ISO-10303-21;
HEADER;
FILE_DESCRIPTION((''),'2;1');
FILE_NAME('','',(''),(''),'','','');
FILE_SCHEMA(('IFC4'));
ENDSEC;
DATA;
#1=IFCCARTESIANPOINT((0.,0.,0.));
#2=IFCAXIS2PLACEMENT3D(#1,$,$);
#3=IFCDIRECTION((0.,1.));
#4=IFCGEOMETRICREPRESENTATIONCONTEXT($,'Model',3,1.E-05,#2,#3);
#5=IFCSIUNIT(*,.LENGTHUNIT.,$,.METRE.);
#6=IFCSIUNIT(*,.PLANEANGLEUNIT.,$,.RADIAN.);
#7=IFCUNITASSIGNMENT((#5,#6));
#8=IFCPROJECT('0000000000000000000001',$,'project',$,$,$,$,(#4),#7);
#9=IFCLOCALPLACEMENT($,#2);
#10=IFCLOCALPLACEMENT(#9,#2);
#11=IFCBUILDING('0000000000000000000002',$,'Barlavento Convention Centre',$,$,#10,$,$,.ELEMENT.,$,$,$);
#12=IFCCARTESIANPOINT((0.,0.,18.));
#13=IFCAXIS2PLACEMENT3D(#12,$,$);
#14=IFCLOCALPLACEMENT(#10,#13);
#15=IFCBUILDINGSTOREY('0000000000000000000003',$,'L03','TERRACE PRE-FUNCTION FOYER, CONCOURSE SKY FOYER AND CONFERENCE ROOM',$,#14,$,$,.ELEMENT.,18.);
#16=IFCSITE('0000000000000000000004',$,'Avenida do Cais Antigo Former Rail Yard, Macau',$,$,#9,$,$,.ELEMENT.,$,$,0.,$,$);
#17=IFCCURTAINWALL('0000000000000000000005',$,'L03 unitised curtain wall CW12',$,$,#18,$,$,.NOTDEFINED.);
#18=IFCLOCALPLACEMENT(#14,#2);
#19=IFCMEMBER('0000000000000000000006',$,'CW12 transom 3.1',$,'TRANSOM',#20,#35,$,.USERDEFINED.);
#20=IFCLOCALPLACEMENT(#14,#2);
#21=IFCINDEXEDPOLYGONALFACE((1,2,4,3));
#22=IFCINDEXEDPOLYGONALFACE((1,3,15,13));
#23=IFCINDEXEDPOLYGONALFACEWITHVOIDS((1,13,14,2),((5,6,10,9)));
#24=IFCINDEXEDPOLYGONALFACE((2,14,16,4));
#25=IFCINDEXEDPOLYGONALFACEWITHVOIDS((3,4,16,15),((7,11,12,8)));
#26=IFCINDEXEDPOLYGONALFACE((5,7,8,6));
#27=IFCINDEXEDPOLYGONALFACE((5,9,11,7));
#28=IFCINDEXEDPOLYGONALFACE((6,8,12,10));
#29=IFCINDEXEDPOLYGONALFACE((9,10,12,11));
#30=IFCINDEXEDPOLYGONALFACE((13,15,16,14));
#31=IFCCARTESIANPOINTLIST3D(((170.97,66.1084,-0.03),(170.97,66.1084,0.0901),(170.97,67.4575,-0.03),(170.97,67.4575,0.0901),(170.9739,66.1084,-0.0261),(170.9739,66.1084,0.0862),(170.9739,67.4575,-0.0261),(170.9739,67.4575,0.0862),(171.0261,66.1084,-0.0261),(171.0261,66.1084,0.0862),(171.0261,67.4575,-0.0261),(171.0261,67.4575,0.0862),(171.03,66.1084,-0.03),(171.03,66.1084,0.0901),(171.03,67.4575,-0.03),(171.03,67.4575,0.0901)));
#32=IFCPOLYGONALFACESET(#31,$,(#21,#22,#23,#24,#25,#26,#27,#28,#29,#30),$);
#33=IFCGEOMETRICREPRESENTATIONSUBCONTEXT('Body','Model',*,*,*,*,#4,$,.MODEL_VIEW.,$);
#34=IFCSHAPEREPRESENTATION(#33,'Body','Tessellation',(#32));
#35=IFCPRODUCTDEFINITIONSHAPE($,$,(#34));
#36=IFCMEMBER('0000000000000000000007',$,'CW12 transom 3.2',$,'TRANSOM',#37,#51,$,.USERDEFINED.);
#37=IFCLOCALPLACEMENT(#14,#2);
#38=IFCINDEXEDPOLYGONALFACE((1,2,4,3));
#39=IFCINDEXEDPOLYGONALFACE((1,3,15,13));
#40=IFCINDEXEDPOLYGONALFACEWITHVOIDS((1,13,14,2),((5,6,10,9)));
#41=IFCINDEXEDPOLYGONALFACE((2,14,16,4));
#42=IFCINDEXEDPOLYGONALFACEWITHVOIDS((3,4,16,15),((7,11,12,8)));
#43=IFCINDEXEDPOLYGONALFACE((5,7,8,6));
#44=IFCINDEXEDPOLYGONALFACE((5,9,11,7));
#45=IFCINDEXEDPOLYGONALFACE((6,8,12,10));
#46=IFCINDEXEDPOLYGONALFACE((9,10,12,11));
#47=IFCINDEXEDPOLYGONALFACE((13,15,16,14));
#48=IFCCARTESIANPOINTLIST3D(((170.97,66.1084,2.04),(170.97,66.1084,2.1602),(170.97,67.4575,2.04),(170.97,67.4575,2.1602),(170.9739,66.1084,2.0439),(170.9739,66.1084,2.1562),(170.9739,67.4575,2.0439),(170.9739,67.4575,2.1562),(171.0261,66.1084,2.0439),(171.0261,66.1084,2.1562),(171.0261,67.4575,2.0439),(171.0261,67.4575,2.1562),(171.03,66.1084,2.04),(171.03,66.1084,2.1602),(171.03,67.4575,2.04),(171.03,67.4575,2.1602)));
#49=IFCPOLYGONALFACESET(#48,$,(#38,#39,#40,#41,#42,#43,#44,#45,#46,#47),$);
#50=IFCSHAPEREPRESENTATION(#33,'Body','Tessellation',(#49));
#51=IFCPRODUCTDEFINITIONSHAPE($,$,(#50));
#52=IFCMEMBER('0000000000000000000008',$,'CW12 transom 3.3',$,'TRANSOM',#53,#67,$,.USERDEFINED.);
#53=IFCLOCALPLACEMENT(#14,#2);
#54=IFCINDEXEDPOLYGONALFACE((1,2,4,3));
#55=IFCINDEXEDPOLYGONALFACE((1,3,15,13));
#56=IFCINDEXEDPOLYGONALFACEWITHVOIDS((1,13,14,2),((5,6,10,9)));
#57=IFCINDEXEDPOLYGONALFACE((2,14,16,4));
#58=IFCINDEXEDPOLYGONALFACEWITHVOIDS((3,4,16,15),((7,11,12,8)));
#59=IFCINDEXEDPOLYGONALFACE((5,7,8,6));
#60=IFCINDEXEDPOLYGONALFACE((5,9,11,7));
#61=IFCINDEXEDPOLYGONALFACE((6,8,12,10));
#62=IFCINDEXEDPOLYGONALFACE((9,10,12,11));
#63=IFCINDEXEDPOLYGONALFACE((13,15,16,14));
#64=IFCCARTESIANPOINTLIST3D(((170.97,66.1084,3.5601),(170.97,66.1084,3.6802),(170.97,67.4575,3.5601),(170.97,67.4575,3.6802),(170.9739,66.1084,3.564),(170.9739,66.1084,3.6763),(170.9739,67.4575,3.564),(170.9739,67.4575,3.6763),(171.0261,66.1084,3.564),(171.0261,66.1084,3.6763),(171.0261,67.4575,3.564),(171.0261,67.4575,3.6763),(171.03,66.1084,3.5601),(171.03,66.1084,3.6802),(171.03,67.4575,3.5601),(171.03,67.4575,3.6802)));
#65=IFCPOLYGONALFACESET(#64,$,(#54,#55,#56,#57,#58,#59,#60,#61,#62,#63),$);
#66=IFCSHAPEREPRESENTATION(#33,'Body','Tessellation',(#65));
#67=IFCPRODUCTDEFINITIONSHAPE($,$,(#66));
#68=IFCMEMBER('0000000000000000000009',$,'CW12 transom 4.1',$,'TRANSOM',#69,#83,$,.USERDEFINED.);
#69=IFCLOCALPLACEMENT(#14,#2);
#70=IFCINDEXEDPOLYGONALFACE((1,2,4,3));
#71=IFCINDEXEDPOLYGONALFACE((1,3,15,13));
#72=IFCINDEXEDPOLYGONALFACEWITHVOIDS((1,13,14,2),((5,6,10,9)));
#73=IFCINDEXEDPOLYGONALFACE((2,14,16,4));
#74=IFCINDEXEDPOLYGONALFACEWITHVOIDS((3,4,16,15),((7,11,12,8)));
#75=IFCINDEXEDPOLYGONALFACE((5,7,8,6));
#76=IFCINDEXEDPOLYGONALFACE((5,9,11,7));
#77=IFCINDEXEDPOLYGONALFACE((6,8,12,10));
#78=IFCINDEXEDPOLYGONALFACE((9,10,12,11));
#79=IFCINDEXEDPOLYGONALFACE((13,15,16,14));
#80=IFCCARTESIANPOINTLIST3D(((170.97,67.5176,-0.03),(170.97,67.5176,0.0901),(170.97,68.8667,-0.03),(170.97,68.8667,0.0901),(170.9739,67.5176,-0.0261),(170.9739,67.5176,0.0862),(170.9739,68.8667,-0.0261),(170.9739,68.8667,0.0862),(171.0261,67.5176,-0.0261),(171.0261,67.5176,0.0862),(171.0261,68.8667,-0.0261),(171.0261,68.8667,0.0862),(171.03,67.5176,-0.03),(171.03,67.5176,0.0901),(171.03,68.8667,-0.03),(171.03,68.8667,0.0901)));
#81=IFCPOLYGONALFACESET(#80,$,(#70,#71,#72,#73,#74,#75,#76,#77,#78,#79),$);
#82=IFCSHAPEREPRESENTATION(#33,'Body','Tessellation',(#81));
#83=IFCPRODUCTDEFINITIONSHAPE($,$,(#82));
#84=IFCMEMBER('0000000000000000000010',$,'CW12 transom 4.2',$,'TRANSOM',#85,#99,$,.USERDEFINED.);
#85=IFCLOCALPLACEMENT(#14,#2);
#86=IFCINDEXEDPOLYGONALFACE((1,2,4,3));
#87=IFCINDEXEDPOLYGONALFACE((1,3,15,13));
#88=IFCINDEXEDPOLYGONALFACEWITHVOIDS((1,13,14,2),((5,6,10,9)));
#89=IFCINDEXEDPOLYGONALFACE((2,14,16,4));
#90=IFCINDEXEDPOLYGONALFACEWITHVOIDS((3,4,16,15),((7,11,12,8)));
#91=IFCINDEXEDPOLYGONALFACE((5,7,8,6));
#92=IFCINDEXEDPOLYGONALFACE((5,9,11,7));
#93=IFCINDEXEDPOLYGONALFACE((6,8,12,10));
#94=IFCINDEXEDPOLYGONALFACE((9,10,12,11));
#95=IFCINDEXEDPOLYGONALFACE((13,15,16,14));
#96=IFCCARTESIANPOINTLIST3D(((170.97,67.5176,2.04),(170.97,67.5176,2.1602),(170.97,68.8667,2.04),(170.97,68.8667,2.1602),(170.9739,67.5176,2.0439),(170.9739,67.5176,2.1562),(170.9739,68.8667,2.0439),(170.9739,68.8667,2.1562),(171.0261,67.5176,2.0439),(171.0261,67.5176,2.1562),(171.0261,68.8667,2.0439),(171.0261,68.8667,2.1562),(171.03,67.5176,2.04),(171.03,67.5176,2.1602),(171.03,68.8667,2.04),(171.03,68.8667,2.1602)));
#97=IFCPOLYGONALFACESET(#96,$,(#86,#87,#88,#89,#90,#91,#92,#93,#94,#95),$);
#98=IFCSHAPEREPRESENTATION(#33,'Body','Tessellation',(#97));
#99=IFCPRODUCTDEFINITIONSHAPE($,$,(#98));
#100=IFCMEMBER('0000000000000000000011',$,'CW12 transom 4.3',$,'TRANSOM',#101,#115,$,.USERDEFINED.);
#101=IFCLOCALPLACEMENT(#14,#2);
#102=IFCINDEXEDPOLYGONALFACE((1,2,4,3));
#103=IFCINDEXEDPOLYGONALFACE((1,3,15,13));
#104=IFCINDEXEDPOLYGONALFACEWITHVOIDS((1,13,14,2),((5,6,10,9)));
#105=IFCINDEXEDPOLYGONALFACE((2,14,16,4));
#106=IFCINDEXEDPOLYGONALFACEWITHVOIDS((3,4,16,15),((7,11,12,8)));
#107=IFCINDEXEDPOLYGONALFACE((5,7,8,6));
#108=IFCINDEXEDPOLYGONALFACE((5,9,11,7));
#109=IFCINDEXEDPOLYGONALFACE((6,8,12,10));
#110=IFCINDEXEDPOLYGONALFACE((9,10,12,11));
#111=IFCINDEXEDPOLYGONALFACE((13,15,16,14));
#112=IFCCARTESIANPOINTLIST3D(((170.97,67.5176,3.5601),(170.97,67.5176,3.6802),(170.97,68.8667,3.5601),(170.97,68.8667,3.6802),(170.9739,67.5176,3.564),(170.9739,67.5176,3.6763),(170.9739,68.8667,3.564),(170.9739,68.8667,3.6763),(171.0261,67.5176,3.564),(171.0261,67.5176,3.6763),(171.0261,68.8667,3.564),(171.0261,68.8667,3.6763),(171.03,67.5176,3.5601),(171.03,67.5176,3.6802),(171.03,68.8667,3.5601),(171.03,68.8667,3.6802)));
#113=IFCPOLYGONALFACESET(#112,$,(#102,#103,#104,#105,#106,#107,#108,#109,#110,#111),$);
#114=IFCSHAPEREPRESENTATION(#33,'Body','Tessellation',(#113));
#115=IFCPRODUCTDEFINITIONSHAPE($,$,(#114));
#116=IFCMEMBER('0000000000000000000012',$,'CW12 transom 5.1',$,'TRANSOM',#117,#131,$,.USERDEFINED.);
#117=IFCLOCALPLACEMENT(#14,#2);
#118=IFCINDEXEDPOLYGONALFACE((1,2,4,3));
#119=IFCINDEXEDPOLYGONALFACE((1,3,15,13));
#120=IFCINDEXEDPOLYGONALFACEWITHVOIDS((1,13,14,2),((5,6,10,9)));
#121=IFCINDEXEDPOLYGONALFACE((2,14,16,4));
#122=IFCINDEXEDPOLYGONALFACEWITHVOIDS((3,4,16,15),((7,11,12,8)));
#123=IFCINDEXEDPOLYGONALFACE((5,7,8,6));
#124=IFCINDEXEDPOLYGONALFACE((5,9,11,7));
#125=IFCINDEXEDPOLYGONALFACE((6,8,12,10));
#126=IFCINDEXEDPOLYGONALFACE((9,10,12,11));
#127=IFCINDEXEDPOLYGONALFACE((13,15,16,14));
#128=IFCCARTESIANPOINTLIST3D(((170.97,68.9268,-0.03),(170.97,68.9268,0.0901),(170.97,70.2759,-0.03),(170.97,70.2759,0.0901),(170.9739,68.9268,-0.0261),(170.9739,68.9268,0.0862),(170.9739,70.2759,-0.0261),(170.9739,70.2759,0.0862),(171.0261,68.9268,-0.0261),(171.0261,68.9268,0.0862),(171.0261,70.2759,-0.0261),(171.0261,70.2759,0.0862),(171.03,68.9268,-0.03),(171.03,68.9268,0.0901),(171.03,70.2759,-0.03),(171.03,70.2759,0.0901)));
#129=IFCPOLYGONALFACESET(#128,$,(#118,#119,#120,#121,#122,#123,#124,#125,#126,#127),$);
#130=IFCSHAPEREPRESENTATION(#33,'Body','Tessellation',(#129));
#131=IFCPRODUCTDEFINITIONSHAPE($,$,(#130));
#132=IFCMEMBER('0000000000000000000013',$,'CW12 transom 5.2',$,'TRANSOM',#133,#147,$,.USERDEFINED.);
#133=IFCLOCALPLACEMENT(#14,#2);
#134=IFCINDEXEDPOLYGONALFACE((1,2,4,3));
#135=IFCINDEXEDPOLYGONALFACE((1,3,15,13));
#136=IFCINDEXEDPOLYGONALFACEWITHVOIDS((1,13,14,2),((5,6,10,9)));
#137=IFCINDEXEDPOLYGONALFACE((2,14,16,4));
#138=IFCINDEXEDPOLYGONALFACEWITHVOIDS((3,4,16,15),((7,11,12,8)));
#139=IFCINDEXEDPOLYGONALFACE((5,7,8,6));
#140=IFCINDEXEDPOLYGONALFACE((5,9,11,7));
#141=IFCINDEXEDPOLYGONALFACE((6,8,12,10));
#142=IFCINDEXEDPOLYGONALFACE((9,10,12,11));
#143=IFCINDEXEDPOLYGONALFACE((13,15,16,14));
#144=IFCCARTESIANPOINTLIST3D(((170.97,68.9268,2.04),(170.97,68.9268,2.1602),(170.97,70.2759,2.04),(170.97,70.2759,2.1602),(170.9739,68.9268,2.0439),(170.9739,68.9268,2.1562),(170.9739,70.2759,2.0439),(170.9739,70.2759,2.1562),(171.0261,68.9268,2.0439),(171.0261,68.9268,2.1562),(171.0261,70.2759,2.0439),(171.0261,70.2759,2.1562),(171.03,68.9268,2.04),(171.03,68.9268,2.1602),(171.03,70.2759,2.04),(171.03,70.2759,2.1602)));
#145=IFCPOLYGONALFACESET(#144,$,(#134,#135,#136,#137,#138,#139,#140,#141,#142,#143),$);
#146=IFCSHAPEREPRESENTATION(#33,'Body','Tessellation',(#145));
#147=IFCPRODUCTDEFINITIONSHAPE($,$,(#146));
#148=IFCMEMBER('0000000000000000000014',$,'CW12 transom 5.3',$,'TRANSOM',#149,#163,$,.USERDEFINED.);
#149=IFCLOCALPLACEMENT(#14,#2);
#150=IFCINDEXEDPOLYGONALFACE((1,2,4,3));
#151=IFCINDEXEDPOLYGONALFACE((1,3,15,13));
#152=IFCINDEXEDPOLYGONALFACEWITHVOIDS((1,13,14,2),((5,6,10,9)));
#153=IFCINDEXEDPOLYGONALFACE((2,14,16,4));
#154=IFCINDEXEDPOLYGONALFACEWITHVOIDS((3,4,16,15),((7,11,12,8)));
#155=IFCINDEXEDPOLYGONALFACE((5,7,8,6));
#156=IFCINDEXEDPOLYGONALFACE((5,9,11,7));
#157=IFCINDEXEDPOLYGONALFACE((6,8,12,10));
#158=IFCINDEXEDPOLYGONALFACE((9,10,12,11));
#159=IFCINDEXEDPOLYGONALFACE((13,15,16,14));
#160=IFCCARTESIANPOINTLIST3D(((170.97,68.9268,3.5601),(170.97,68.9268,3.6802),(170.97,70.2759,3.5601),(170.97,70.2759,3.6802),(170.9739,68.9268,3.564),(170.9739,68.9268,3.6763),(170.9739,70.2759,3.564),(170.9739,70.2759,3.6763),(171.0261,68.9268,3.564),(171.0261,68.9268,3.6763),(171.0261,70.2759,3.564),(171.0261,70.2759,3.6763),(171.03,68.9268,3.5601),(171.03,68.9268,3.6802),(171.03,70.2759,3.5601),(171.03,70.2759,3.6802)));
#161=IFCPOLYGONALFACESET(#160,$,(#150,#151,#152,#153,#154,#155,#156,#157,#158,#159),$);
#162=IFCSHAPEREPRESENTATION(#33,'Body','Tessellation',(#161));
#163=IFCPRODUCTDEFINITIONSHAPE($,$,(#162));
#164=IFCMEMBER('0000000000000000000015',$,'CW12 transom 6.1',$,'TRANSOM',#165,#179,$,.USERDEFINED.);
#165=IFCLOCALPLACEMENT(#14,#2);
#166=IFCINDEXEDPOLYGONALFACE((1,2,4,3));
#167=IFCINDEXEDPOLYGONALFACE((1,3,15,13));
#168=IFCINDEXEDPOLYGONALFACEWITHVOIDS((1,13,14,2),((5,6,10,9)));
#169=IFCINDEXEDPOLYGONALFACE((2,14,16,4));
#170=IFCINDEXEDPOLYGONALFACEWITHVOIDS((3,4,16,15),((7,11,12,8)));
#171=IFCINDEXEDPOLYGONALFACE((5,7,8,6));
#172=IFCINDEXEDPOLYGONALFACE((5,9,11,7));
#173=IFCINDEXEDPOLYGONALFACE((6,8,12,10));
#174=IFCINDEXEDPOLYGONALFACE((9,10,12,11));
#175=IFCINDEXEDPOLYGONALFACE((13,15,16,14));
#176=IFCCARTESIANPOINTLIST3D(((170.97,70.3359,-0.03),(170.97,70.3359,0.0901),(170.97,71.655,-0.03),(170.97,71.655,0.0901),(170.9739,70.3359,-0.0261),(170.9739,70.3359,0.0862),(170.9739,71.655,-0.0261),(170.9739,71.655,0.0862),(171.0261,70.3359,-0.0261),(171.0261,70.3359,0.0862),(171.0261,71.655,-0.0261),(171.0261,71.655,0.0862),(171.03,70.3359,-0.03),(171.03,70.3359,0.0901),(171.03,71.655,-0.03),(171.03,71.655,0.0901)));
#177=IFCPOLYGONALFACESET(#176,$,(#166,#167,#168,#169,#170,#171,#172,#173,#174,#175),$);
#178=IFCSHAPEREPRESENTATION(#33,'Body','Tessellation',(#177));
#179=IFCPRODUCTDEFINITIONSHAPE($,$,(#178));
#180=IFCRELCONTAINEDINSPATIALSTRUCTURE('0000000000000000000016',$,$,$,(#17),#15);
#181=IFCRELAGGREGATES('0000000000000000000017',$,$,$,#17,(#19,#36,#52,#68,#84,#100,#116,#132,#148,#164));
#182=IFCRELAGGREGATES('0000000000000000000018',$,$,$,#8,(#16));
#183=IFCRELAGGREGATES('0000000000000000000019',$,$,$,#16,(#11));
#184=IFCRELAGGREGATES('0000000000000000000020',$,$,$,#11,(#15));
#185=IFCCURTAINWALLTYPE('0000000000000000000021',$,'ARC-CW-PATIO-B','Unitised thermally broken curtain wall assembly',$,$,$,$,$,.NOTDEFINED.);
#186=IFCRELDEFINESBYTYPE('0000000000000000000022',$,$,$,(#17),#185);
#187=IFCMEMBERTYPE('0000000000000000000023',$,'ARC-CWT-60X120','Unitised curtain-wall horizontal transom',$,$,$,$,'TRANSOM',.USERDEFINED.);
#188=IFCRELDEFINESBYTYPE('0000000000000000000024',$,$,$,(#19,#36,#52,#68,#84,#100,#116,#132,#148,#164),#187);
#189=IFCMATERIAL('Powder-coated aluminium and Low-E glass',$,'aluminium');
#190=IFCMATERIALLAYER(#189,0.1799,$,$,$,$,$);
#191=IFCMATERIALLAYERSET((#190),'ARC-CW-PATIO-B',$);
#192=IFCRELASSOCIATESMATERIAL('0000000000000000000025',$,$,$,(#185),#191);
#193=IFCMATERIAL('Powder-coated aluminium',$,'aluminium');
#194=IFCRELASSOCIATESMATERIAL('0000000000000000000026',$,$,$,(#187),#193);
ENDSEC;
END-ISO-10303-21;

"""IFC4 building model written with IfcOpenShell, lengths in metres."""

from ifc_helpers import new_model, si_unit, direction, frame, origin, origin_2d, place, context, subcontext, project, spatial, hollow_rectangle, extrude, material, layer, layer_set, material_profile, profile_set, type_object, element, aggregate, save


model = new_model("IFC4")

# Units and contexts
model_context = context("Model", 3, precision=1e-05, world=origin(), true_north=direction((0.0, 1.0)))
body_context = subcontext(model_context, "Body", "Model", "MODEL_VIEW")
ifc_project = project(units=[si_unit("LENGTHUNIT", "METRE"), si_unit("PLANEANGLEUNIT", "RADIAN")], contexts=[model_context])

# Site, building, storey
site_placement = place(None, origin())
site = spatial("IfcSite", under=ifc_project, at=site_placement, Name="Avenida do Cais Antigo Former Rail Yard, Macau", CompositionType="ELEMENT", RefElevation=0.0)
building_placement = place(site_placement, origin())
building = spatial("IfcBuilding", under=site, at=building_placement, Name="Barlavento Convention Centre", CompositionType="ELEMENT")
storey_placement = place(building_placement, frame((0.0, 0.0, 18.0)))
storey = spatial("IfcBuildingStorey", under=building, at=storey_placement, Name="L03", Description="TERRACE PRE-FUNCTION FOYER, CONCOURSE SKY FOYER AND CONFERENCE ROOM", CompositionType="ELEMENT", Elevation=18.0)

# Curtain wall, members
ifc_material_1 = material(Name="Powder-coated aluminium and Low-E glass", Category="aluminium")
ifc_layer_1 = layer(ifc_material_1, 0.1799)
ifc_layer_set_1 = layer_set([ifc_layer_1], Name="ARC-CW-PATIO-B")
curtain_wall_type = type_object("IfcCurtainWallType", Name="ARC-CW-PATIO-B", Description="Unitised thermally broken curtain wall assembly", PredefinedType="NOTDEFINED", material=ifc_layer_set_1)
curtain_wall_placement = place(storey_placement, origin())
curtain_wall = element("IfcCurtainWall", 1, at=curtain_wall_placement, inside=storey, type_object=curtain_wall_type, Name="L03 unitised curtain wall CW12", PredefinedType="NOTDEFINED")
ifc_material_2 = material(Name="Powder-coated aluminium", Category="aluminium")
ifc_material_profile_1 = material_profile(ifc_material_2, hollow_rectangle(XDim=0.0601, YDim=0.1201, WallThickness=0.0039, at=origin_2d()), Name="AL-TRAN 60x120x4")
ifc_profile_set_1 = profile_set([ifc_material_profile_1], Name="Powder-coated aluminium")
member_type_1 = type_object("IfcMemberType", Name="ARC-CWT-60X120", Description="Unitised curtain-wall horizontal transom", ElementType="TRANSOM", PredefinedType="USERDEFINED", material=ifc_profile_set_1)
member_1_placement = place(storey_placement, frame((171.0, 66.1084, 0.03), z_axis=(0.0, 1.0, 0.0), x_axis=(-1.0, 0.0, 0.0)))
member_1 = element("IfcMember", 2, at=member_1_placement, type_object=member_type_1, Name="CW12 transom 3.1", ObjectType="TRANSOM", PredefinedType="USERDEFINED", context=body_context, shape_type="SweptSolid", body=[
    extrude(hollow_rectangle(XDim=0.0601, YDim=0.1201, WallThickness=0.0039, at=origin_2d()), origin(), (0.0, 0.0, 1.0), 1.3491),
])
member_2_placement = place(storey_placement, frame((171.0, 66.1084, 2.1001), z_axis=(0.0, 1.0, 0.0), x_axis=(-1.0, 0.0, 0.0)))
member_2 = element("IfcMember", 3, at=member_2_placement, type_object=member_type_1, Name="CW12 transom 3.2", ObjectType="TRANSOM", PredefinedType="USERDEFINED", context=body_context, shape_type="SweptSolid", body=[
    extrude(hollow_rectangle(XDim=0.0601, YDim=0.1201, WallThickness=0.0039, at=origin_2d()), origin(), (0.0, 0.0, 1.0), 1.3491),
])
member_3_placement = place(storey_placement, frame((171.0, 66.1084, 3.6201), z_axis=(0.0, 1.0, 0.0), x_axis=(-1.0, 0.0, 0.0)))
member_3 = element("IfcMember", 4, at=member_3_placement, type_object=member_type_1, Name="CW12 transom 3.3", ObjectType="TRANSOM", PredefinedType="USERDEFINED", context=body_context, shape_type="SweptSolid", body=[
    extrude(hollow_rectangle(XDim=0.0601, YDim=0.1201, WallThickness=0.0039, at=origin_2d()), origin(), (0.0, 0.0, 1.0), 1.3491),
])
member_4_placement = place(storey_placement, frame((171.0, 67.5176, 0.03), z_axis=(0.0, 1.0, 0.0), x_axis=(-1.0, 0.0, 0.0)))
member_4 = element("IfcMember", 5, at=member_4_placement, type_object=member_type_1, Name="CW12 transom 4.1", ObjectType="TRANSOM", PredefinedType="USERDEFINED", context=body_context, shape_type="SweptSolid", body=[
    extrude(hollow_rectangle(XDim=0.0601, YDim=0.1201, WallThickness=0.0039, at=origin_2d()), origin(), (0.0, 0.0, 1.0), 1.3491),
])
member_5_placement = place(storey_placement, frame((171.0, 67.5176, 2.1001), z_axis=(0.0, 1.0, 0.0), x_axis=(-1.0, 0.0, 0.0)))
member_5 = element("IfcMember", 6, at=member_5_placement, type_object=member_type_1, Name="CW12 transom 4.2", ObjectType="TRANSOM", PredefinedType="USERDEFINED", context=body_context, shape_type="SweptSolid", body=[
    extrude(hollow_rectangle(XDim=0.0601, YDim=0.1201, WallThickness=0.0039, at=origin_2d()), origin(), (0.0, 0.0, 1.0), 1.3491),
])
member_6_placement = place(storey_placement, frame((171.0, 67.5176, 3.6201), z_axis=(0.0, 1.0, 0.0), x_axis=(-1.0, 0.0, 0.0)))
member_6 = element("IfcMember", 7, at=member_6_placement, type_object=member_type_1, Name="CW12 transom 4.3", ObjectType="TRANSOM", PredefinedType="USERDEFINED", context=body_context, shape_type="SweptSolid", body=[
    extrude(hollow_rectangle(XDim=0.0601, YDim=0.1201, WallThickness=0.0039, at=origin_2d()), origin(), (0.0, 0.0, 1.0), 1.3491),
])
member_7_placement = place(storey_placement, frame((171.0, 68.9268, 0.03), z_axis=(0.0, 1.0, 0.0), x_axis=(-1.0, 0.0, 0.0)))
member_7 = element("IfcMember", 8, at=member_7_placement, type_object=member_type_1, Name="CW12 transom 5.1", ObjectType="TRANSOM", PredefinedType="USERDEFINED", context=body_context, shape_type="SweptSolid", body=[
    extrude(hollow_rectangle(XDim=0.0601, YDim=0.1201, WallThickness=0.0039, at=origin_2d()), origin(), (0.0, 0.0, 1.0), 1.3491),
])
member_8_placement = place(storey_placement, frame((171.0, 68.9268, 2.1001), z_axis=(0.0, 1.0, 0.0), x_axis=(-1.0, 0.0, 0.0)))
member_8 = element("IfcMember", 9, at=member_8_placement, type_object=member_type_1, Name="CW12 transom 5.2", ObjectType="TRANSOM", PredefinedType="USERDEFINED", context=body_context, shape_type="SweptSolid", body=[
    extrude(hollow_rectangle(XDim=0.0601, YDim=0.1201, WallThickness=0.0039, at=origin_2d()), origin(), (0.0, 0.0, 1.0), 1.3491),
])
member_9_placement = place(storey_placement, frame((171.0, 68.9268, 3.6201), z_axis=(0.0, 1.0, 0.0), x_axis=(-1.0, 0.0, 0.0)))
member_9 = element("IfcMember", 10, at=member_9_placement, type_object=member_type_1, Name="CW12 transom 5.3", ObjectType="TRANSOM", PredefinedType="USERDEFINED", context=body_context, shape_type="SweptSolid", body=[
    extrude(hollow_rectangle(XDim=0.0601, YDim=0.1201, WallThickness=0.0039, at=origin_2d()), origin(), (0.0, 0.0, 1.0), 1.3491),
])
member_10_placement = place(storey_placement, frame((171.0, 70.3359, 0.03), z_axis=(0.0, 1.0, 0.0), x_axis=(-1.0, 0.0, 0.0)))
member_10 = element("IfcMember", 11, at=member_10_placement, type_object=member_type_1, Name="CW12 transom 6.1", ObjectType="TRANSOM", PredefinedType="USERDEFINED", context=body_context, shape_type="SweptSolid", body=[
    extrude(hollow_rectangle(XDim=0.0601, YDim=0.1201, WallThickness=0.0039, at=origin_2d()), origin(), (0.0, 0.0, 1.0), 1.3191),
])

aggregate(curtain_wall, [member_1, member_2, member_3, member_4, member_5, member_6, member_7, member_8, member_9, member_10])

save(model, "model.ifc")
